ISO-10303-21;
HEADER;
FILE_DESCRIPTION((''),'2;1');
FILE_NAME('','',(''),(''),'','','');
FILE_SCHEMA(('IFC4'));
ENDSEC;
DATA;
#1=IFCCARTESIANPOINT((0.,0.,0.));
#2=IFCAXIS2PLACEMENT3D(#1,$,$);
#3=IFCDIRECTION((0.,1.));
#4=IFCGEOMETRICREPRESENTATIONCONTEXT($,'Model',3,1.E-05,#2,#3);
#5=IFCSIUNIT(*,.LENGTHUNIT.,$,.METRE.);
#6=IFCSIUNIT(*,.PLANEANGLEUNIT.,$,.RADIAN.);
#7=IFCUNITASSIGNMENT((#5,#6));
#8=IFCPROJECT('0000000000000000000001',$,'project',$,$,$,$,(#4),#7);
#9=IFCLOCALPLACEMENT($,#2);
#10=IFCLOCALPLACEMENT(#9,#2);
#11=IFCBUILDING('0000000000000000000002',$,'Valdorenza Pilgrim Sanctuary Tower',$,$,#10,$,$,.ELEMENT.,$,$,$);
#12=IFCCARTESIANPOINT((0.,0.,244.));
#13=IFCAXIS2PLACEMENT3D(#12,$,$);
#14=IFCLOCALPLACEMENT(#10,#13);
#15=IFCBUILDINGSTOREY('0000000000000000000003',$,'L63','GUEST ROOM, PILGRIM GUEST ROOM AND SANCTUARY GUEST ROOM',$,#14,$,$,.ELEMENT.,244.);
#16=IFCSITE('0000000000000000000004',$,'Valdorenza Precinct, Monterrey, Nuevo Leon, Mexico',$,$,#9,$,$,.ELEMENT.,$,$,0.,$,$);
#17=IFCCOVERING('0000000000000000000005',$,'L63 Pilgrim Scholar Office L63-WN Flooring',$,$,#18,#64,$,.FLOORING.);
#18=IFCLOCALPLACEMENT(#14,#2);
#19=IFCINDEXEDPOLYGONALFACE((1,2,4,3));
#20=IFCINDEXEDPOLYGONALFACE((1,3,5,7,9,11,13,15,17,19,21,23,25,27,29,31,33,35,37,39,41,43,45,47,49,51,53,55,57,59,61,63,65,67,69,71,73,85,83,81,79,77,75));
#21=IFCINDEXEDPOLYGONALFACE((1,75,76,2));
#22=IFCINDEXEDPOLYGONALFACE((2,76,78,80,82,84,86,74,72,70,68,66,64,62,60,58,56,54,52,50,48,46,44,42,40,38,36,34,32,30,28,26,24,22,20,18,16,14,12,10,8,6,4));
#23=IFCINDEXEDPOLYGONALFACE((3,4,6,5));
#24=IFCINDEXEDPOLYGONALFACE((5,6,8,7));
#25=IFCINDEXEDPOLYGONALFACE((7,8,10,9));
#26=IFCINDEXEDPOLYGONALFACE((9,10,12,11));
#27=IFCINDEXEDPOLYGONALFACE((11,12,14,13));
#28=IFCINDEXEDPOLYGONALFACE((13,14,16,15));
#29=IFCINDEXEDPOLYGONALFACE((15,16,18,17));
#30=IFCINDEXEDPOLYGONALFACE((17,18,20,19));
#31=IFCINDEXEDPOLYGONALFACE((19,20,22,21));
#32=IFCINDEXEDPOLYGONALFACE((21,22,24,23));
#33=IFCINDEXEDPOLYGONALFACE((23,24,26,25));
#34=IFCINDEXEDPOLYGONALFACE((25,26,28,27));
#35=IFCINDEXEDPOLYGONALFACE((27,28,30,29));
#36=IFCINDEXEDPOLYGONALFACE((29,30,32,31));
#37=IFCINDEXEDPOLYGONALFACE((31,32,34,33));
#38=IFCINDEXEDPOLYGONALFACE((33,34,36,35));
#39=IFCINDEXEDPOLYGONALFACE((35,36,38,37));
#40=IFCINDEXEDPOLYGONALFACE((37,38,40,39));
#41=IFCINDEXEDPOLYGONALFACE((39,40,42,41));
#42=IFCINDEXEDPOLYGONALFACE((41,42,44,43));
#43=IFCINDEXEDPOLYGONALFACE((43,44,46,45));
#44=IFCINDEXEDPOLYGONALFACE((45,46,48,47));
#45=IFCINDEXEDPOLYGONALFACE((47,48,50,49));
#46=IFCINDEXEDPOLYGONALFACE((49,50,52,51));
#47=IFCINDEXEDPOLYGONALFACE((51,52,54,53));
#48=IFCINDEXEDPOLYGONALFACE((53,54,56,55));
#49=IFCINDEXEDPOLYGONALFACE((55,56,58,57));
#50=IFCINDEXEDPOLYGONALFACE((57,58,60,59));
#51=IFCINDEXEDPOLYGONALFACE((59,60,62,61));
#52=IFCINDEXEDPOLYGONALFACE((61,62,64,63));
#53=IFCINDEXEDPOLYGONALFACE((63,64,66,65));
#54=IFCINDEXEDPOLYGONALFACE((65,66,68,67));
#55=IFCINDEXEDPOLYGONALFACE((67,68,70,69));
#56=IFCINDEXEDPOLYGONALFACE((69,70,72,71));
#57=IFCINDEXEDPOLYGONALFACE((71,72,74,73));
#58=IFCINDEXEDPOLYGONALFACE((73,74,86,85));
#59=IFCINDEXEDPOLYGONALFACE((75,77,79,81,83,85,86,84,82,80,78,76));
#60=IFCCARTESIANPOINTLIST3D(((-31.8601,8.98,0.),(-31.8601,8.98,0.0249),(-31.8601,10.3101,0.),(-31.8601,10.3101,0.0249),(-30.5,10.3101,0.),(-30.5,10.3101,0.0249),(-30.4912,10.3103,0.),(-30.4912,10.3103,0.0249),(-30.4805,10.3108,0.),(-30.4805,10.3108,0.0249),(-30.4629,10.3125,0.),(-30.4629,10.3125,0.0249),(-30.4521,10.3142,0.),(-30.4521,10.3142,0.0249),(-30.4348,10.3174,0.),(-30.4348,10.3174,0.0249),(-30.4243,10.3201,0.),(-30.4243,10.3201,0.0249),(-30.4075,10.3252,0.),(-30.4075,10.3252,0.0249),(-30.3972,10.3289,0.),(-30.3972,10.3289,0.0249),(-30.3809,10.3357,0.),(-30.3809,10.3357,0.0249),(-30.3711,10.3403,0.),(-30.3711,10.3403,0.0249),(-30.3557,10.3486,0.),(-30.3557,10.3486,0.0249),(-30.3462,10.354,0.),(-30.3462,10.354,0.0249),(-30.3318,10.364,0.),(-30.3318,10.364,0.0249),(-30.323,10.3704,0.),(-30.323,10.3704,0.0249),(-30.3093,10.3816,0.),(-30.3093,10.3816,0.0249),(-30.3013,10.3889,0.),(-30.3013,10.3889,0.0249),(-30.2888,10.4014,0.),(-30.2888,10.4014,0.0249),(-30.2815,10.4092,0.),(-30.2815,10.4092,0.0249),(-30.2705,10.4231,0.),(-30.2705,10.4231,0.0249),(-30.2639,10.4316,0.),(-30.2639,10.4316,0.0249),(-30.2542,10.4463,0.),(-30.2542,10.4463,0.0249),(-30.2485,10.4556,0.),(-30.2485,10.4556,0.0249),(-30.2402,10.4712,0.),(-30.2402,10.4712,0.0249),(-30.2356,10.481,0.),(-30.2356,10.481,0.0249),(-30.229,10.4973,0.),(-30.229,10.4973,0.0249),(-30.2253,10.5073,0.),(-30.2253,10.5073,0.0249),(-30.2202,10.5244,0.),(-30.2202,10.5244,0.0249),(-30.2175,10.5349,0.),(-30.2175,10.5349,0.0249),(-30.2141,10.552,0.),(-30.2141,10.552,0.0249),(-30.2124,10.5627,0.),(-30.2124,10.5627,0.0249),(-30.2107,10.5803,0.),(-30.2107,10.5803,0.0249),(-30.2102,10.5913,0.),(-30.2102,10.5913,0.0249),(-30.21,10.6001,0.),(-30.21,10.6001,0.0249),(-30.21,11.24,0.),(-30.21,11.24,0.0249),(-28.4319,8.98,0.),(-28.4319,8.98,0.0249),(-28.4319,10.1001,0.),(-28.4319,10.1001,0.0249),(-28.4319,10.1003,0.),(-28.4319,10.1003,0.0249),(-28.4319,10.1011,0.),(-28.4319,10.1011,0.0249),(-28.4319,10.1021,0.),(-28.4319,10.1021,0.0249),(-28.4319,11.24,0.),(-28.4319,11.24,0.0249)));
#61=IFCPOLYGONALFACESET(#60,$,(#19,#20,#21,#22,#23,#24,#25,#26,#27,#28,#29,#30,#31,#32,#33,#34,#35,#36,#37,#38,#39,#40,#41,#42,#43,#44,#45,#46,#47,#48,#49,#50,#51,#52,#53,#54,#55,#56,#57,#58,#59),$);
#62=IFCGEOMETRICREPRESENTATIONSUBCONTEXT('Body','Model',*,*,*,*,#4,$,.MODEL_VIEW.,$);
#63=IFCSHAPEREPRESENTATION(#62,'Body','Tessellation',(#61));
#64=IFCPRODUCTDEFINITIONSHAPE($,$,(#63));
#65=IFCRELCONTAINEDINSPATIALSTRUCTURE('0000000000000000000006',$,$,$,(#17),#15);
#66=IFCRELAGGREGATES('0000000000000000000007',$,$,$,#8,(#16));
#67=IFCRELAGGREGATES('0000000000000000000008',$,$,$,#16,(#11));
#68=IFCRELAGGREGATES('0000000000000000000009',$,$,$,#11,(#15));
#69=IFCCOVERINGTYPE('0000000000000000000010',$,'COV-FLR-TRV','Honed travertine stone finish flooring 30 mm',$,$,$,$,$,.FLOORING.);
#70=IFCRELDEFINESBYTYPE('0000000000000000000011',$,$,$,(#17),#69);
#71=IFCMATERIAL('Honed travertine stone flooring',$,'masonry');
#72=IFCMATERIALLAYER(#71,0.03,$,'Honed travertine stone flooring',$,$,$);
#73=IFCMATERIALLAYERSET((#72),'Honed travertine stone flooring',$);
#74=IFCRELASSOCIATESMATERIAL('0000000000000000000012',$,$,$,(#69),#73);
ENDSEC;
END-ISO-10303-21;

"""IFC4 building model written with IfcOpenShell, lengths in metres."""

from ifc_helpers import new_model, si_unit, direction, frame, origin, place, context, subcontext, project, spatial, polyline, outline, extrude, material, layer, layer_set, type_object, element, save


model = new_model("IFC4")

# Units and contexts
model_context = context("Model", 3, precision=1e-05, world=origin(), true_north=direction((0.0, 1.0)))
body_context = subcontext(model_context, "Body", "Model", "MODEL_VIEW")
ifc_project = project(units=[si_unit("LENGTHUNIT", "METRE"), si_unit("PLANEANGLEUNIT", "RADIAN")], contexts=[model_context])

# Site, building, storey
site_placement = place(None, origin())
site = spatial("IfcSite", under=ifc_project, at=site_placement, Name="Valdorenza Precinct, Monterrey, Nuevo Leon, Mexico", CompositionType="ELEMENT", RefElevation=0.0)
building_placement = place(site_placement, origin())
building = spatial("IfcBuilding", under=site, at=building_placement, Name="Valdorenza Pilgrim Sanctuary Tower", CompositionType="ELEMENT")
storey_placement = place(building_placement, frame((0.0, 0.0, 244.0)))
storey = spatial("IfcBuildingStorey", under=building, at=storey_placement, Name="L63", Description="GUEST ROOM, PILGRIM GUEST ROOM AND SANCTUARY GUEST ROOM", CompositionType="ELEMENT", Elevation=244.0)

# Covering
ifc_material_1 = material(Name="Honed travertine stone flooring", Category="masonry")
ifc_layer_1 = layer(ifc_material_1, 0.03, Name="Honed travertine stone flooring")
ifc_layer_set_1 = layer_set([ifc_layer_1], Name="Honed travertine stone flooring")
covering_type_1 = type_object("IfcCoveringType", Name="COV-FLR-TRV", Description="Honed travertine stone finish flooring 30 mm", PredefinedType="FLOORING", material=ifc_layer_set_1)
covering_1_placement = place(storey_placement, origin())
element("IfcCovering", 1, at=covering_1_placement, inside=storey, type_object=covering_type_1, Name="L63 Pilgrim Scholar Office L63-WN Flooring", PredefinedType="FLOORING", context=body_context, shape_type="SweptSolid", body=[
    extrude(outline(polyline([(-28.4319, 11.24), (-28.4319, 10.1021), (-28.4319, 10.1011), (-28.4319, 10.1003), (-28.4319, 10.1001), (-28.4319, 8.98), (-31.8601, 8.98), (-31.8601, 10.3101), (-30.5, 10.3101), (-30.4912, 10.3103), (-30.4805, 10.3108), (-30.4629, 10.3125), (-30.4521, 10.3142), (-30.4348, 10.3174), (-30.4243, 10.3201), (-30.4075, 10.3252), (-30.3972, 10.3289), (-30.3809, 10.3357), (-30.3711, 10.3403), (-30.3557, 10.3486), (-30.3462, 10.354), (-30.3318, 10.364), (-30.323, 10.3704), (-30.3093, 10.3816), (-30.3013, 10.3889), (-30.2888, 10.4014), (-30.2815, 10.4092), (-30.2705, 10.4231), (-30.2639, 10.4316), (-30.2542, 10.4463), (-30.2485, 10.4556), (-30.2402, 10.4712), (-30.2356, 10.481), (-30.229, 10.4973), (-30.2253, 10.5073), (-30.2202, 10.5244), (-30.2175, 10.5349), (-30.2141, 10.552), (-30.2124, 10.5627), (-30.2107, 10.5803), (-30.2102, 10.5913), (-30.21, 10.6001), (-30.21, 11.24), (-28.4319, 11.24)])), origin(), (0.0, 0.0, 1.0), 0.0249),
])

save(model, "model.ifc")
